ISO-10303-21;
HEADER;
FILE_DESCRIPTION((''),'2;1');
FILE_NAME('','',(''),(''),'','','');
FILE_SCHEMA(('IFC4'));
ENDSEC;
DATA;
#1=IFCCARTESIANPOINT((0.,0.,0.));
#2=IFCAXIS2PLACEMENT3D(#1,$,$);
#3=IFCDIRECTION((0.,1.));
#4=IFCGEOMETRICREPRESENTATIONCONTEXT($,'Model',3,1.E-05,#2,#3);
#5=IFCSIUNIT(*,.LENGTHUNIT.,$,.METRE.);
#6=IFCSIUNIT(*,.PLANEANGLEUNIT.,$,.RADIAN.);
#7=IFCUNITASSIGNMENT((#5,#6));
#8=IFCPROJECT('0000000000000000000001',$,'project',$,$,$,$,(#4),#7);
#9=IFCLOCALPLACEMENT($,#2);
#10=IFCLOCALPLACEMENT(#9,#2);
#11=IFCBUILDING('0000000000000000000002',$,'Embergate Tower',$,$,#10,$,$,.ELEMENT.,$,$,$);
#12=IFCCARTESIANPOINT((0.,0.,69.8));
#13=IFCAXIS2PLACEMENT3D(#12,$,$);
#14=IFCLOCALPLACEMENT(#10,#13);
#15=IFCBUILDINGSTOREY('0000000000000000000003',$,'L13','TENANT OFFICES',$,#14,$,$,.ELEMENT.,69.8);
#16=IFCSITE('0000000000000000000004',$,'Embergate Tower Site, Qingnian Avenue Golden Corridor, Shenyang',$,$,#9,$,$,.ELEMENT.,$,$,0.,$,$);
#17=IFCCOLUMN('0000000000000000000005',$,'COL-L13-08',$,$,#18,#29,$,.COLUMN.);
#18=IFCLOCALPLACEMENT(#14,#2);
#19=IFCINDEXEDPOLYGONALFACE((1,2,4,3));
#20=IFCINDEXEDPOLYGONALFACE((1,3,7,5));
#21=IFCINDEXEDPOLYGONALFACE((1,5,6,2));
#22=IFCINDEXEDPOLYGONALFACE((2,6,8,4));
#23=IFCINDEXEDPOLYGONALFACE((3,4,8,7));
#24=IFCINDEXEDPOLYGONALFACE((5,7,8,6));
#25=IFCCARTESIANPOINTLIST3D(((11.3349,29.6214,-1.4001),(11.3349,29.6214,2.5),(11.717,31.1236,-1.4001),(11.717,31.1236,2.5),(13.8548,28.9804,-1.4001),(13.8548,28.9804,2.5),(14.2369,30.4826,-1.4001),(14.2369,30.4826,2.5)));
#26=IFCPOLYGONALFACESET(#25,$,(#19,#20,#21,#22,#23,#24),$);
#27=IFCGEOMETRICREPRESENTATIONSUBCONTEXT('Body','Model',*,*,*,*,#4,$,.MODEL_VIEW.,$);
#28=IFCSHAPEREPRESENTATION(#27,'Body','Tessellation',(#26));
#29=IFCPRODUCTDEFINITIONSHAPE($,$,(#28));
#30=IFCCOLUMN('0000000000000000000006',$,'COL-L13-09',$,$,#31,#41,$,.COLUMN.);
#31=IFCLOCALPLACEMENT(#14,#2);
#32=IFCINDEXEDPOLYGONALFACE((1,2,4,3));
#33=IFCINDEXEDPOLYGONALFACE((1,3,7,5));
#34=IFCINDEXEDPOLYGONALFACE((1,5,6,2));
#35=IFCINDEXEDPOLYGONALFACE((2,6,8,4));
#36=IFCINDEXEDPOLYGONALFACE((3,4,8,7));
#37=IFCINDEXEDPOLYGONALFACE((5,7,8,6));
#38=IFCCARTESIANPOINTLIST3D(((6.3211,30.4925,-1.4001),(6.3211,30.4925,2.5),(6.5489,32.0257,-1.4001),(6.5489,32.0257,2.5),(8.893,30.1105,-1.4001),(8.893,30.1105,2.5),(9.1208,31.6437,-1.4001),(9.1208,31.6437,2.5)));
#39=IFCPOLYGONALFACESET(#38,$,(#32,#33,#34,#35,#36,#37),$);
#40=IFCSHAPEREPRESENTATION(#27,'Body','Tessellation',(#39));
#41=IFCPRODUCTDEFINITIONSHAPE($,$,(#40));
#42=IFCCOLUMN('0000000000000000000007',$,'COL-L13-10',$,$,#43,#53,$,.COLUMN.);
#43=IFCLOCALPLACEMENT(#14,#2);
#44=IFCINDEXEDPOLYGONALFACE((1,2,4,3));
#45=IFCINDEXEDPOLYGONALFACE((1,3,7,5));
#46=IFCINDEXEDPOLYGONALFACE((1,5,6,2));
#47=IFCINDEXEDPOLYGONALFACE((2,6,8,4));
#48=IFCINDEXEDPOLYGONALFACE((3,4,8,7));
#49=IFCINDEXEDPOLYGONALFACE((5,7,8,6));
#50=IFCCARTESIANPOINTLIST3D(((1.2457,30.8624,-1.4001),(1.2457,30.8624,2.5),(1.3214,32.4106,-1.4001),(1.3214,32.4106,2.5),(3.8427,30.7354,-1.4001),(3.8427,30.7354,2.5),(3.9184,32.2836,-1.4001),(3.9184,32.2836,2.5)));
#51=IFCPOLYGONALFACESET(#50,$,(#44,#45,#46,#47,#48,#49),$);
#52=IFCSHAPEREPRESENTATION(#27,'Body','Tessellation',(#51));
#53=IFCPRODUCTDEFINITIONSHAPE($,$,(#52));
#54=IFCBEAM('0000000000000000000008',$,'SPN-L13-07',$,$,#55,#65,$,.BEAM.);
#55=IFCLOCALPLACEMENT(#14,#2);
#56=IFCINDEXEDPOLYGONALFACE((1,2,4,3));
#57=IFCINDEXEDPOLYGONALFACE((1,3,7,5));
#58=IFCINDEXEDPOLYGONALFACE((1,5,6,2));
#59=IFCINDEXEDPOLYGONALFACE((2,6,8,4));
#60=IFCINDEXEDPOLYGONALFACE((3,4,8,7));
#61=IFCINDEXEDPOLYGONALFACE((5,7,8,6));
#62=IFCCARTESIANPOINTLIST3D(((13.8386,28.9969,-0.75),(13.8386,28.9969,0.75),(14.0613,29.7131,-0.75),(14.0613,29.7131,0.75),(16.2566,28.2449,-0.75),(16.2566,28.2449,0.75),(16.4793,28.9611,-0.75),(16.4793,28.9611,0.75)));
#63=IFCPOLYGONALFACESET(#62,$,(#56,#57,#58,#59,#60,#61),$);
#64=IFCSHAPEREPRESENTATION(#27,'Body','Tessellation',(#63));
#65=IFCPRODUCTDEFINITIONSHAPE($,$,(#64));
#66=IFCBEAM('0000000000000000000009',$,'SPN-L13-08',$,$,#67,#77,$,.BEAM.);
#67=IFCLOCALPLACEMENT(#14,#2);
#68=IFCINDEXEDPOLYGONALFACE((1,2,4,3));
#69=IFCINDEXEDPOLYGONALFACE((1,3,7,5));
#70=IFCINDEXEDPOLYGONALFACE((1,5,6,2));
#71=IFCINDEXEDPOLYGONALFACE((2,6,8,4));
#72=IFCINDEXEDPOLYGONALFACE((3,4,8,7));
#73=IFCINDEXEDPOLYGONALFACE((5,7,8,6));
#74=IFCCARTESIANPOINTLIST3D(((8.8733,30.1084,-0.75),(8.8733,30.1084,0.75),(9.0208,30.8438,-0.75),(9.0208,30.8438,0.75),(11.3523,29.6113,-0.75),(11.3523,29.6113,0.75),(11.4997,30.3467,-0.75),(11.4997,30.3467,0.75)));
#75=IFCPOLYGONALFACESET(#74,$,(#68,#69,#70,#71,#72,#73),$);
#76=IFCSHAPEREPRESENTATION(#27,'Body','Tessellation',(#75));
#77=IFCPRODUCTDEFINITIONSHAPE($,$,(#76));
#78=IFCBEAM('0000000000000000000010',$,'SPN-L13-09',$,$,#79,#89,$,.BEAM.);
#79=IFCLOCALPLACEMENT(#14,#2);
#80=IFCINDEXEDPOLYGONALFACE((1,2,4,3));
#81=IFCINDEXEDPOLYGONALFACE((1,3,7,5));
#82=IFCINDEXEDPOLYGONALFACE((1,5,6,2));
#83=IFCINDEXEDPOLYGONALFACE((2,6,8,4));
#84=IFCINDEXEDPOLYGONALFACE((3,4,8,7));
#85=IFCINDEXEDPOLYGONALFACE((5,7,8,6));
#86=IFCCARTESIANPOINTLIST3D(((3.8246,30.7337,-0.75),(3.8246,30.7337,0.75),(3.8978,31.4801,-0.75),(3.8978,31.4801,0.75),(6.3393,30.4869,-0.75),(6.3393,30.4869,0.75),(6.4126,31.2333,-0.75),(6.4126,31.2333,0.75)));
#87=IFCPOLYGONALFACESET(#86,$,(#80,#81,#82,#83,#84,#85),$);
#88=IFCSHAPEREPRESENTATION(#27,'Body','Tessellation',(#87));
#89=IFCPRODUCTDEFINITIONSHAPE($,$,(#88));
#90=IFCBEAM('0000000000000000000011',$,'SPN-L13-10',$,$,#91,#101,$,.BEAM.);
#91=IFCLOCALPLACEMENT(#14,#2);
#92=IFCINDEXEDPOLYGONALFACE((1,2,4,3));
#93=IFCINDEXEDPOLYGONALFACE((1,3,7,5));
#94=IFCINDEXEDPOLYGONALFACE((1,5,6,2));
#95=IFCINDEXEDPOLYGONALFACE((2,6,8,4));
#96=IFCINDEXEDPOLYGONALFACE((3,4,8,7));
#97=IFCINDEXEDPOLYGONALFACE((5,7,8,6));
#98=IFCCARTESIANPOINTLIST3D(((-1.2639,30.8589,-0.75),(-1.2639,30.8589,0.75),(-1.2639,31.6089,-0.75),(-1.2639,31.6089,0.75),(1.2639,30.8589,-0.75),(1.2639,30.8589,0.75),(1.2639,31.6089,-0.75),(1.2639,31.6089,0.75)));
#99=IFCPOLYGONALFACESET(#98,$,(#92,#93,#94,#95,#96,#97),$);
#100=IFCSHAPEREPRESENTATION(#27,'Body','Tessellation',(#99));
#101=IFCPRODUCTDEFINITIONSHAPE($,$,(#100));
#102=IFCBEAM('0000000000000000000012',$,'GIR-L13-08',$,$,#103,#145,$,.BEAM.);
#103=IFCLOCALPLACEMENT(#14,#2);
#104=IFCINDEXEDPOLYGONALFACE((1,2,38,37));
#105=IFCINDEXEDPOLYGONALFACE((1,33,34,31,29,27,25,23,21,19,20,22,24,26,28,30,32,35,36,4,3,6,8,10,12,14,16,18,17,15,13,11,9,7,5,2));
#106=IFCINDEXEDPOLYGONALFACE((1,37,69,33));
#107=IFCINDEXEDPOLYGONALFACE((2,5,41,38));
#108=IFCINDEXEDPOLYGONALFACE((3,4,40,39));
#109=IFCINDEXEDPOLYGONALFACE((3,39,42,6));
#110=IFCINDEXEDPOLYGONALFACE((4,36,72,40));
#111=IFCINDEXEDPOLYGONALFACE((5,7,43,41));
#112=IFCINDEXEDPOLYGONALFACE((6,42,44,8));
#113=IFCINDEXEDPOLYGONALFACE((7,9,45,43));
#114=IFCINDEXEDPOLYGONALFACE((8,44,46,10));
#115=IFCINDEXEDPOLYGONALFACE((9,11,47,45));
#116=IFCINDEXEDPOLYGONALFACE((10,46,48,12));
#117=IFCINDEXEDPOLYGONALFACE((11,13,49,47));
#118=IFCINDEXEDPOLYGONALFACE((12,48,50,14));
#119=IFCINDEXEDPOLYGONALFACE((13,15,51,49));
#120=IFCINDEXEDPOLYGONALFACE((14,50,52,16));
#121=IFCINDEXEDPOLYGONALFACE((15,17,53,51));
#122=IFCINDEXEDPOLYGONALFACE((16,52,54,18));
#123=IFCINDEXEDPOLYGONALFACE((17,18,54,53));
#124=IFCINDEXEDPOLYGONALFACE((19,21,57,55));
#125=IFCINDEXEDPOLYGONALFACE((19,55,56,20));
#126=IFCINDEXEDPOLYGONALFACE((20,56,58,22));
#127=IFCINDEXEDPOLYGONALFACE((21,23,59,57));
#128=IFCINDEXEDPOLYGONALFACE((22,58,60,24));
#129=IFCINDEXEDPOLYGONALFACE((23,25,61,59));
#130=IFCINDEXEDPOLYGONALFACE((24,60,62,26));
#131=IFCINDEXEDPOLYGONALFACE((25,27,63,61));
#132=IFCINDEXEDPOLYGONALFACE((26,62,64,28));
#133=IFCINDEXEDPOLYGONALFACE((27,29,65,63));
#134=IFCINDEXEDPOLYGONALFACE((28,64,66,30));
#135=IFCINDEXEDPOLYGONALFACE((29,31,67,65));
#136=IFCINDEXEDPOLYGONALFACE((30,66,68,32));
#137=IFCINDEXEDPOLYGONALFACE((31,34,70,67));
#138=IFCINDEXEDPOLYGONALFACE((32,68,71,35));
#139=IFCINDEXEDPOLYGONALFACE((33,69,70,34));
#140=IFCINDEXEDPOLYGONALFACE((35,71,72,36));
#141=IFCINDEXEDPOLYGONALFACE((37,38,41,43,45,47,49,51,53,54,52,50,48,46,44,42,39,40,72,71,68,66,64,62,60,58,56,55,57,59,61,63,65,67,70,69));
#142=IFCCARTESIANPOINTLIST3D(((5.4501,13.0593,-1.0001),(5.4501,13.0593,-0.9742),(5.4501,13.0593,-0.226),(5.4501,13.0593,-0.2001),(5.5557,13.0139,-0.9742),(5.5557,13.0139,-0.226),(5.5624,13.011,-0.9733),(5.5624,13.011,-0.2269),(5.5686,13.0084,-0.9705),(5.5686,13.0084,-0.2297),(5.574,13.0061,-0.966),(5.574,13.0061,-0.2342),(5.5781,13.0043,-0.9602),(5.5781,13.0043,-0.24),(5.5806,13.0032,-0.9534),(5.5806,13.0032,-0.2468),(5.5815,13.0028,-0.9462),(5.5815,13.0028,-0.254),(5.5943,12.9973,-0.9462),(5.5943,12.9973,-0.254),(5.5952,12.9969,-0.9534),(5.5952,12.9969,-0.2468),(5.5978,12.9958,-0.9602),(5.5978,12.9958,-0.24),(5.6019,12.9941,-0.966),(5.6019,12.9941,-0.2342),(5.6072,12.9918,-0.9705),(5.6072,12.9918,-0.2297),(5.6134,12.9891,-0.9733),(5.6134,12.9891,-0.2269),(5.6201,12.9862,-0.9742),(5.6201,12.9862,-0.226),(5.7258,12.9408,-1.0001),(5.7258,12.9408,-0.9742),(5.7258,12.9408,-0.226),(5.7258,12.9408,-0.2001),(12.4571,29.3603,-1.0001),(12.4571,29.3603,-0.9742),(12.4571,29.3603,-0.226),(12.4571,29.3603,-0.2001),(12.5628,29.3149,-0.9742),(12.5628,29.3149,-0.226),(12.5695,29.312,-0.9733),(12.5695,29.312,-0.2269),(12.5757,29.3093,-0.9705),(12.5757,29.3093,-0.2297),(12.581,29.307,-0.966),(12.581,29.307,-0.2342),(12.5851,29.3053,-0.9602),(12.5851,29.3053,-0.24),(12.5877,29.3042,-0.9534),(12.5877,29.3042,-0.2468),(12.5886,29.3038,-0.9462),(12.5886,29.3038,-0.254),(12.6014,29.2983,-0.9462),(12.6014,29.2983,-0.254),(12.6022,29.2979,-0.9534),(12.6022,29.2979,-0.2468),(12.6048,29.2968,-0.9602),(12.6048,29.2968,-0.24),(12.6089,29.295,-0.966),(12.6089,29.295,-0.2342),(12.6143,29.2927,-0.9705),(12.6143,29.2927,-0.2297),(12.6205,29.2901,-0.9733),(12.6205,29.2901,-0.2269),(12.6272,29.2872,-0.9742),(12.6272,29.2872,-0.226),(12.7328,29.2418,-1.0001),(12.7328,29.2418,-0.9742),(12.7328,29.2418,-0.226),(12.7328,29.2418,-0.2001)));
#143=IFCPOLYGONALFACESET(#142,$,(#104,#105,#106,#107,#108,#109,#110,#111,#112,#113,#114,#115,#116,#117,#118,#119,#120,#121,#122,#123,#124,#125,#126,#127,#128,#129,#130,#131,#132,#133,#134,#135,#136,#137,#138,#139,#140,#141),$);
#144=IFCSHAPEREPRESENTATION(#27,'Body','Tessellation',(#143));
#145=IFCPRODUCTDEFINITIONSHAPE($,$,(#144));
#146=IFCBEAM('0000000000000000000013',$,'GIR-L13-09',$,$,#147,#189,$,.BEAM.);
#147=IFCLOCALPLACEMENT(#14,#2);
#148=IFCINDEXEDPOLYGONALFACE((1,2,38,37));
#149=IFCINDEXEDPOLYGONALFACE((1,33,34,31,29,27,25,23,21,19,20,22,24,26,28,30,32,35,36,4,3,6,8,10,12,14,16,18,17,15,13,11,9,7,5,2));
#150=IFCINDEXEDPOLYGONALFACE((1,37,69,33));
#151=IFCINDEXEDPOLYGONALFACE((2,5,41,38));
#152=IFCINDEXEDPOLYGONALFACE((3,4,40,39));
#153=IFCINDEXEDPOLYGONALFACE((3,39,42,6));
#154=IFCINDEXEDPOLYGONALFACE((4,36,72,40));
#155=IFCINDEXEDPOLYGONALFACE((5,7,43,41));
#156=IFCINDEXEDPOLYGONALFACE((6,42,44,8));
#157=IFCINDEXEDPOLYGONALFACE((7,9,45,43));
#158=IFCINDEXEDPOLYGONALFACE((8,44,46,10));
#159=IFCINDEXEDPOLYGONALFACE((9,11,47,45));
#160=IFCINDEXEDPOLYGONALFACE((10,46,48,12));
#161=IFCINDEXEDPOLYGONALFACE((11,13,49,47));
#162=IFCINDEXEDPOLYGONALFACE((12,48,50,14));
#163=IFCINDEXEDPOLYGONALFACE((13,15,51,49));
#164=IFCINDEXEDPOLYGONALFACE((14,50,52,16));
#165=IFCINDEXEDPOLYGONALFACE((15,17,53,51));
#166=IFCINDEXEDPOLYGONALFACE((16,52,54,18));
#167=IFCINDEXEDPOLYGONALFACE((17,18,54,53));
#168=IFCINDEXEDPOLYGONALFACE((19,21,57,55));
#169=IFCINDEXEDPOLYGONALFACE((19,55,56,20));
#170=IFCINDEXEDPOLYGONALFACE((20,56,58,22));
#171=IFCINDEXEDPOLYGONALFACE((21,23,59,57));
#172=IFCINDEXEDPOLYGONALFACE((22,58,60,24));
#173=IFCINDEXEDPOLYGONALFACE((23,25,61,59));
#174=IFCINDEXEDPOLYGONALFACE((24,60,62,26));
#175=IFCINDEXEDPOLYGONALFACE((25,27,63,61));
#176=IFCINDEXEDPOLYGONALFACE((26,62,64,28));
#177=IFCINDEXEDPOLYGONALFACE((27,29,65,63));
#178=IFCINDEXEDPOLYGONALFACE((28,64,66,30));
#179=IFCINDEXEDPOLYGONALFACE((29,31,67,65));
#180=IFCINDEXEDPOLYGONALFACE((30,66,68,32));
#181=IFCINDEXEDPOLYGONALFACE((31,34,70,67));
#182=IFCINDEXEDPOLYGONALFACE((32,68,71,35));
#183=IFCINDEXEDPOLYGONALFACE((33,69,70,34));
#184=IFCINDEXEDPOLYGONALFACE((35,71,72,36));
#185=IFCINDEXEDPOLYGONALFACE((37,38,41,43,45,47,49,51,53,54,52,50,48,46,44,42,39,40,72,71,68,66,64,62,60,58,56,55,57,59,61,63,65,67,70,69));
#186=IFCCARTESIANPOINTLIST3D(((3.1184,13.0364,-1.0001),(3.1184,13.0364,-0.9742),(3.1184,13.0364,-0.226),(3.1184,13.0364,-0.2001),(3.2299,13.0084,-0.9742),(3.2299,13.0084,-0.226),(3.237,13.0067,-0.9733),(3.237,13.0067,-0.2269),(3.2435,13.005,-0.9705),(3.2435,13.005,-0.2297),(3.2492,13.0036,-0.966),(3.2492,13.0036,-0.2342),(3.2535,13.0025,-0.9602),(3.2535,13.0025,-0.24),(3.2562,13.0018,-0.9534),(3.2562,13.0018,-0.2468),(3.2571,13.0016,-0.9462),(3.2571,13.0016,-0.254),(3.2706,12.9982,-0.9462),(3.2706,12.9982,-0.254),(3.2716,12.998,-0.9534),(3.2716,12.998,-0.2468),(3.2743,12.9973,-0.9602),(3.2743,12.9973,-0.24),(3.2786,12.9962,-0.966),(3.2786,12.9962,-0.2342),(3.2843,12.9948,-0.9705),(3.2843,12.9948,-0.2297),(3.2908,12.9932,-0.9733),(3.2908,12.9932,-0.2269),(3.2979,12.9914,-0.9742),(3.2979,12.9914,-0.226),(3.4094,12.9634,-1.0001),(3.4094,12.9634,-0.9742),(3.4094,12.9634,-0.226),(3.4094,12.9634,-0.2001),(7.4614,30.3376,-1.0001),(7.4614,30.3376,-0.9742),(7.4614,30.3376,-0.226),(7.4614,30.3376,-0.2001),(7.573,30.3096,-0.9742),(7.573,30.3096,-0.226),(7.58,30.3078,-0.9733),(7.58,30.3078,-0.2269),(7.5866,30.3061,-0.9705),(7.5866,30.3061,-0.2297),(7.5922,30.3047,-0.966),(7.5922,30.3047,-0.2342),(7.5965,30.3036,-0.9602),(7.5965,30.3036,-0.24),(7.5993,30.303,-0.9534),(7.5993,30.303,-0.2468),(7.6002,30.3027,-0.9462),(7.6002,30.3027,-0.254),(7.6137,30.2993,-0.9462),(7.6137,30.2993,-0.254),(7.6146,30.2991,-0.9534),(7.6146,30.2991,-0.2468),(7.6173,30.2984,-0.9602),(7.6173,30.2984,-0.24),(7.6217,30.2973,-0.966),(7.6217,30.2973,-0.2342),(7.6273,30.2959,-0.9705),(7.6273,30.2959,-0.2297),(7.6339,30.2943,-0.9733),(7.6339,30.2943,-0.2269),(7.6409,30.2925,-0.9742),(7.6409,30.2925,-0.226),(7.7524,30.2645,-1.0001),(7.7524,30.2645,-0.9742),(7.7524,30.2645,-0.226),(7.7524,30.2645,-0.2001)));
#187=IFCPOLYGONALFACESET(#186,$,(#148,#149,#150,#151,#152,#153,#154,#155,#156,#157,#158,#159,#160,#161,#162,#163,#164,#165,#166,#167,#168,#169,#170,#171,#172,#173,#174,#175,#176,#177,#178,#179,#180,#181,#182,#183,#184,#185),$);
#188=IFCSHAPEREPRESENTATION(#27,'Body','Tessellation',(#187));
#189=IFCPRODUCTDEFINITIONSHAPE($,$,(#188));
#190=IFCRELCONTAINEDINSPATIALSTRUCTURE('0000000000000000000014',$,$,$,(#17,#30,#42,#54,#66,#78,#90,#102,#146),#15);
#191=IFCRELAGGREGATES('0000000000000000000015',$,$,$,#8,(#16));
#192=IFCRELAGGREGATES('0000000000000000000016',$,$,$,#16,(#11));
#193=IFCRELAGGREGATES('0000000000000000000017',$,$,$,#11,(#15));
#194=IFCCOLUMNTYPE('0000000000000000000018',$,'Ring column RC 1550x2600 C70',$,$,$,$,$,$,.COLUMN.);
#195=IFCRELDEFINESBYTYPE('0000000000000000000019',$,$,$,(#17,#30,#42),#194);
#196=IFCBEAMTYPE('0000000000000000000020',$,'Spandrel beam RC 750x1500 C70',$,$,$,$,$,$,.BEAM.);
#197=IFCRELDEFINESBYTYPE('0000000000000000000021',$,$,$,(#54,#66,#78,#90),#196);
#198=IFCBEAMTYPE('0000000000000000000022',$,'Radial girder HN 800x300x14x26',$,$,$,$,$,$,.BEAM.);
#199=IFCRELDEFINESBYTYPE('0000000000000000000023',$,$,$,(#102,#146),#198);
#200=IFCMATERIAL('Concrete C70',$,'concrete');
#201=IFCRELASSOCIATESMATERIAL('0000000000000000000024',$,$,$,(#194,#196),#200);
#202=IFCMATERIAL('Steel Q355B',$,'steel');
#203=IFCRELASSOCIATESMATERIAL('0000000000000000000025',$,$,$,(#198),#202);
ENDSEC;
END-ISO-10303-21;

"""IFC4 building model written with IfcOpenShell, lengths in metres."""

from ifc_helpers import new_model, si_unit, direction, frame, origin, origin_2d, place, context, subcontext, project, spatial, rectangle, i_section, extrude, source, transform, mapped, material, material_profile, profile_set, type_object, element, save


model = new_model("IFC4")

# Units and contexts
model_context = context("Model", 3, precision=1e-05, world=origin(), true_north=direction((0.0, 1.0)))
body_context = subcontext(model_context, "Body", "Model", "MODEL_VIEW")
ifc_project = project(units=[si_unit("LENGTHUNIT", "METRE"), si_unit("PLANEANGLEUNIT", "RADIAN")], contexts=[model_context])

# Site, building, storey
site_placement = place(None, origin())
site = spatial("IfcSite", under=ifc_project, at=site_placement, Name="Embergate Tower Site, Qingnian Avenue Golden Corridor, Shenyang", CompositionType="ELEMENT", RefElevation=0.0)
building_placement = place(site_placement, origin())
building = spatial("IfcBuilding", under=site, at=building_placement, Name="Embergate Tower", CompositionType="ELEMENT")
storey_placement = place(building_placement, frame((0.0, 0.0, 69.8)))
storey = spatial("IfcBuildingStorey", under=building, at=storey_placement, Name="L13", Description="TENANT OFFICES", CompositionType="ELEMENT", Elevation=69.8)

# Columns
ifc_material_1 = material(Name="Concrete C70", Category="concrete")
ifc_material_profile_1 = material_profile(ifc_material_1, rectangle(XDim=1.55, YDim=2.6001, at=origin_2d()), Name="RC 1550x2600")
ifc_profile_set_1 = profile_set([ifc_material_profile_1], Name="Concrete C70")
column_type = type_object("IfcColumnType", Name="Ring column RC 1550x2600 C70", PredefinedType="COLUMN", material=ifc_profile_set_1)
shared_shape_1 = source(origin(), body_context, "Body", "SweptSolid", [
    extrude(rectangle(XDim=1.55, YDim=2.6001, at=origin_2d()), origin(), (0.0, 0.0, 1.0), 3.9001),
])
for number, where, z_axis, x_axis, name in (
    (1, (12.7859, 30.052, -1.4001), (0.0, 0.0, 1.0), (0.246509, 0.969141, 0.0), "COL-L13-08"),
    (2, (7.7209, 31.0681, -1.4001), (0.0, 0.0, 1.0), (0.146929, 0.989147, 0.0), "COL-L13-09"),
    (3, (2.582, 31.573, -1.4001), (0.0, 0.0, 1.0), (0.048815, 0.998808, 0.0), "COL-L13-10"),
):
    element("IfcColumn", number, at=place(storey_placement, frame(where, z_axis=z_axis, x_axis=x_axis)), inside=storey, type_object=column_type, Name=name, PredefinedType="COLUMN", context=body_context, shape_type="MappedRepresentation", body=[
        mapped(shared_shape_1, transform((0.0, 0.0, 0.0))),
    ])

# Beams
ifc_material_profile_2 = material_profile(ifc_material_1, rectangle(XDim=0.75, YDim=1.5, at=origin_2d()), Name="RC 750x1500")
ifc_profile_set_2 = profile_set([ifc_material_profile_2], Name="Concrete C70")
beam_type_1 = type_object("IfcBeamType", Name="Spandrel beam RC 750x1500 C70", PredefinedType="BEAM", material=ifc_profile_set_2)
shared_shape_2 = source(origin(), body_context, "Body", "SweptSolid", [
    extrude(rectangle(XDim=0.75, YDim=1.5, at=origin_2d()), origin(), (0.0, 0.0, 1.0), 2.5322),
])
beam_1_placement = place(storey_placement, frame((16.3679, 28.603, 0.0), z_axis=(-0.954891, 0.296957, 0.0), x_axis=(-0.296957, -0.954891, 0.0)))
element("IfcBeam", 4, at=beam_1_placement, inside=storey, type_object=beam_type_1, Name="SPN-L13-07", PredefinedType="BEAM", context=body_context, shape_type="MappedRepresentation", body=[
    mapped(shared_shape_2, transform((0.0, 0.0, 0.0))),
])
shared_shape_3 = source(origin(), body_context, "Body", "SweptSolid", [
    extrude(rectangle(XDim=0.75, YDim=1.5, at=origin_2d()), origin(), (0.0, 0.0, 1.0), 2.5283),
])
beam_2_placement = place(storey_placement, frame((11.426, 29.979, 0.0), z_axis=(-0.980484, 0.196599, 0.0), x_axis=(-0.196599, -0.980484, 0.0)))
element("IfcBeam", 5, at=beam_2_placement, inside=storey, type_object=beam_type_1, Name="SPN-L13-08", PredefinedType="BEAM", context=body_context, shape_type="MappedRepresentation", body=[
    mapped(shared_shape_3, transform((0.0, 0.0, 0.0))),
])
shared_shape_4 = source(origin(), body_context, "Body", "SweptSolid", [
    extrude(rectangle(XDim=0.75, YDim=1.5, at=origin_2d()), origin(), (0.0, 0.0, 1.0), 2.5269),
])
beam_3_placement = place(storey_placement, frame((6.376, 30.8601, 0.0), z_axis=(-0.995218, 0.097676, 0.0), x_axis=(-0.097676, -0.995218, 0.0)))
element("IfcBeam", 6, at=beam_3_placement, inside=storey, type_object=beam_type_1, Name="SPN-L13-09", PredefinedType="BEAM", context=body_context, shape_type="MappedRepresentation", body=[
    mapped(shared_shape_4, transform((0.0, 0.0, 0.0))),
])
shared_shape_5 = source(origin(), body_context, "Body", "SweptSolid", [
    extrude(rectangle(XDim=0.75, YDim=1.5, at=origin_2d()), origin(), (0.0, 0.0, 1.0), 2.5278),
])
beam_4_placement = place(storey_placement, frame((1.2639, 31.2339, 0.0), z_axis=(-1.0, 0.0, 0.0), x_axis=(0.0, -1.0, 0.0)))
element("IfcBeam", 7, at=beam_4_placement, inside=storey, type_object=beam_type_1, Name="SPN-L13-10", PredefinedType="BEAM", context=body_context, shape_type="MappedRepresentation", body=[
    mapped(shared_shape_5, transform((0.0, 0.0, 0.0))),
])
ifc_material_2 = material(Name="Steel Q355B", Category="steel")
ifc_material_profile_3 = material_profile(ifc_material_2, i_section(OverallWidth=0.3, OverallDepth=0.8, WebThickness=0.0139, FlangeThickness=0.0259, FilletRadius=0.0281, at=origin_2d()), Name="HN 800x300x14x26")
ifc_profile_set_3 = profile_set([ifc_material_profile_3], Name="Steel Q355 grade B")
beam_type_2 = type_object("IfcBeamType", Name="Radial girder HN 800x300x14x26", PredefinedType="BEAM", material=ifc_profile_set_3)
shared_shape_6 = source(origin(), body_context, "Body", "SweptSolid", [
    extrude(i_section(OverallWidth=0.3, OverallDepth=0.8, WebThickness=0.0139, FlangeThickness=0.0259, FilletRadius=0.0281, at=origin_2d()), origin(), (0.0, 0.0, 1.0), 17.7432),
])
beam_5_placement = place(storey_placement, frame((12.595, 29.301, -0.6001), z_axis=(-0.394915, -0.918717, 0.0), x_axis=(0.918717, -0.394915, 0.0)))
element("IfcBeam", 8, at=beam_5_placement, inside=storey, type_object=beam_type_2, Name="GIR-L13-08", PredefinedType="BEAM", context=body_context, shape_type="MappedRepresentation", body=[
    mapped(shared_shape_6, transform((0.0, 0.0, 0.0))),
])
shared_shape_7 = source(origin(), body_context, "Body", "SweptSolid", [
    extrude(i_section(OverallWidth=0.3, OverallDepth=0.8, WebThickness=0.0139, FlangeThickness=0.0259, FilletRadius=0.0281, at=origin_2d()), origin(), (0.0, 0.0, 1.0), 17.8379),
])
beam_6_placement = place(storey_placement, frame((7.6069, 30.301, -0.6001), z_axis=(-0.243473, -0.969908, 0.0), x_axis=(0.969908, -0.243473, 0.0)))
element("IfcBeam", 9, at=beam_6_placement, inside=storey, type_object=beam_type_2, Name="GIR-L13-09", PredefinedType="BEAM", context=body_context, shape_type="MappedRepresentation", body=[
    mapped(shared_shape_7, transform((0.0, 0.0, 0.0))),
])

save(model, "model.ifc")
